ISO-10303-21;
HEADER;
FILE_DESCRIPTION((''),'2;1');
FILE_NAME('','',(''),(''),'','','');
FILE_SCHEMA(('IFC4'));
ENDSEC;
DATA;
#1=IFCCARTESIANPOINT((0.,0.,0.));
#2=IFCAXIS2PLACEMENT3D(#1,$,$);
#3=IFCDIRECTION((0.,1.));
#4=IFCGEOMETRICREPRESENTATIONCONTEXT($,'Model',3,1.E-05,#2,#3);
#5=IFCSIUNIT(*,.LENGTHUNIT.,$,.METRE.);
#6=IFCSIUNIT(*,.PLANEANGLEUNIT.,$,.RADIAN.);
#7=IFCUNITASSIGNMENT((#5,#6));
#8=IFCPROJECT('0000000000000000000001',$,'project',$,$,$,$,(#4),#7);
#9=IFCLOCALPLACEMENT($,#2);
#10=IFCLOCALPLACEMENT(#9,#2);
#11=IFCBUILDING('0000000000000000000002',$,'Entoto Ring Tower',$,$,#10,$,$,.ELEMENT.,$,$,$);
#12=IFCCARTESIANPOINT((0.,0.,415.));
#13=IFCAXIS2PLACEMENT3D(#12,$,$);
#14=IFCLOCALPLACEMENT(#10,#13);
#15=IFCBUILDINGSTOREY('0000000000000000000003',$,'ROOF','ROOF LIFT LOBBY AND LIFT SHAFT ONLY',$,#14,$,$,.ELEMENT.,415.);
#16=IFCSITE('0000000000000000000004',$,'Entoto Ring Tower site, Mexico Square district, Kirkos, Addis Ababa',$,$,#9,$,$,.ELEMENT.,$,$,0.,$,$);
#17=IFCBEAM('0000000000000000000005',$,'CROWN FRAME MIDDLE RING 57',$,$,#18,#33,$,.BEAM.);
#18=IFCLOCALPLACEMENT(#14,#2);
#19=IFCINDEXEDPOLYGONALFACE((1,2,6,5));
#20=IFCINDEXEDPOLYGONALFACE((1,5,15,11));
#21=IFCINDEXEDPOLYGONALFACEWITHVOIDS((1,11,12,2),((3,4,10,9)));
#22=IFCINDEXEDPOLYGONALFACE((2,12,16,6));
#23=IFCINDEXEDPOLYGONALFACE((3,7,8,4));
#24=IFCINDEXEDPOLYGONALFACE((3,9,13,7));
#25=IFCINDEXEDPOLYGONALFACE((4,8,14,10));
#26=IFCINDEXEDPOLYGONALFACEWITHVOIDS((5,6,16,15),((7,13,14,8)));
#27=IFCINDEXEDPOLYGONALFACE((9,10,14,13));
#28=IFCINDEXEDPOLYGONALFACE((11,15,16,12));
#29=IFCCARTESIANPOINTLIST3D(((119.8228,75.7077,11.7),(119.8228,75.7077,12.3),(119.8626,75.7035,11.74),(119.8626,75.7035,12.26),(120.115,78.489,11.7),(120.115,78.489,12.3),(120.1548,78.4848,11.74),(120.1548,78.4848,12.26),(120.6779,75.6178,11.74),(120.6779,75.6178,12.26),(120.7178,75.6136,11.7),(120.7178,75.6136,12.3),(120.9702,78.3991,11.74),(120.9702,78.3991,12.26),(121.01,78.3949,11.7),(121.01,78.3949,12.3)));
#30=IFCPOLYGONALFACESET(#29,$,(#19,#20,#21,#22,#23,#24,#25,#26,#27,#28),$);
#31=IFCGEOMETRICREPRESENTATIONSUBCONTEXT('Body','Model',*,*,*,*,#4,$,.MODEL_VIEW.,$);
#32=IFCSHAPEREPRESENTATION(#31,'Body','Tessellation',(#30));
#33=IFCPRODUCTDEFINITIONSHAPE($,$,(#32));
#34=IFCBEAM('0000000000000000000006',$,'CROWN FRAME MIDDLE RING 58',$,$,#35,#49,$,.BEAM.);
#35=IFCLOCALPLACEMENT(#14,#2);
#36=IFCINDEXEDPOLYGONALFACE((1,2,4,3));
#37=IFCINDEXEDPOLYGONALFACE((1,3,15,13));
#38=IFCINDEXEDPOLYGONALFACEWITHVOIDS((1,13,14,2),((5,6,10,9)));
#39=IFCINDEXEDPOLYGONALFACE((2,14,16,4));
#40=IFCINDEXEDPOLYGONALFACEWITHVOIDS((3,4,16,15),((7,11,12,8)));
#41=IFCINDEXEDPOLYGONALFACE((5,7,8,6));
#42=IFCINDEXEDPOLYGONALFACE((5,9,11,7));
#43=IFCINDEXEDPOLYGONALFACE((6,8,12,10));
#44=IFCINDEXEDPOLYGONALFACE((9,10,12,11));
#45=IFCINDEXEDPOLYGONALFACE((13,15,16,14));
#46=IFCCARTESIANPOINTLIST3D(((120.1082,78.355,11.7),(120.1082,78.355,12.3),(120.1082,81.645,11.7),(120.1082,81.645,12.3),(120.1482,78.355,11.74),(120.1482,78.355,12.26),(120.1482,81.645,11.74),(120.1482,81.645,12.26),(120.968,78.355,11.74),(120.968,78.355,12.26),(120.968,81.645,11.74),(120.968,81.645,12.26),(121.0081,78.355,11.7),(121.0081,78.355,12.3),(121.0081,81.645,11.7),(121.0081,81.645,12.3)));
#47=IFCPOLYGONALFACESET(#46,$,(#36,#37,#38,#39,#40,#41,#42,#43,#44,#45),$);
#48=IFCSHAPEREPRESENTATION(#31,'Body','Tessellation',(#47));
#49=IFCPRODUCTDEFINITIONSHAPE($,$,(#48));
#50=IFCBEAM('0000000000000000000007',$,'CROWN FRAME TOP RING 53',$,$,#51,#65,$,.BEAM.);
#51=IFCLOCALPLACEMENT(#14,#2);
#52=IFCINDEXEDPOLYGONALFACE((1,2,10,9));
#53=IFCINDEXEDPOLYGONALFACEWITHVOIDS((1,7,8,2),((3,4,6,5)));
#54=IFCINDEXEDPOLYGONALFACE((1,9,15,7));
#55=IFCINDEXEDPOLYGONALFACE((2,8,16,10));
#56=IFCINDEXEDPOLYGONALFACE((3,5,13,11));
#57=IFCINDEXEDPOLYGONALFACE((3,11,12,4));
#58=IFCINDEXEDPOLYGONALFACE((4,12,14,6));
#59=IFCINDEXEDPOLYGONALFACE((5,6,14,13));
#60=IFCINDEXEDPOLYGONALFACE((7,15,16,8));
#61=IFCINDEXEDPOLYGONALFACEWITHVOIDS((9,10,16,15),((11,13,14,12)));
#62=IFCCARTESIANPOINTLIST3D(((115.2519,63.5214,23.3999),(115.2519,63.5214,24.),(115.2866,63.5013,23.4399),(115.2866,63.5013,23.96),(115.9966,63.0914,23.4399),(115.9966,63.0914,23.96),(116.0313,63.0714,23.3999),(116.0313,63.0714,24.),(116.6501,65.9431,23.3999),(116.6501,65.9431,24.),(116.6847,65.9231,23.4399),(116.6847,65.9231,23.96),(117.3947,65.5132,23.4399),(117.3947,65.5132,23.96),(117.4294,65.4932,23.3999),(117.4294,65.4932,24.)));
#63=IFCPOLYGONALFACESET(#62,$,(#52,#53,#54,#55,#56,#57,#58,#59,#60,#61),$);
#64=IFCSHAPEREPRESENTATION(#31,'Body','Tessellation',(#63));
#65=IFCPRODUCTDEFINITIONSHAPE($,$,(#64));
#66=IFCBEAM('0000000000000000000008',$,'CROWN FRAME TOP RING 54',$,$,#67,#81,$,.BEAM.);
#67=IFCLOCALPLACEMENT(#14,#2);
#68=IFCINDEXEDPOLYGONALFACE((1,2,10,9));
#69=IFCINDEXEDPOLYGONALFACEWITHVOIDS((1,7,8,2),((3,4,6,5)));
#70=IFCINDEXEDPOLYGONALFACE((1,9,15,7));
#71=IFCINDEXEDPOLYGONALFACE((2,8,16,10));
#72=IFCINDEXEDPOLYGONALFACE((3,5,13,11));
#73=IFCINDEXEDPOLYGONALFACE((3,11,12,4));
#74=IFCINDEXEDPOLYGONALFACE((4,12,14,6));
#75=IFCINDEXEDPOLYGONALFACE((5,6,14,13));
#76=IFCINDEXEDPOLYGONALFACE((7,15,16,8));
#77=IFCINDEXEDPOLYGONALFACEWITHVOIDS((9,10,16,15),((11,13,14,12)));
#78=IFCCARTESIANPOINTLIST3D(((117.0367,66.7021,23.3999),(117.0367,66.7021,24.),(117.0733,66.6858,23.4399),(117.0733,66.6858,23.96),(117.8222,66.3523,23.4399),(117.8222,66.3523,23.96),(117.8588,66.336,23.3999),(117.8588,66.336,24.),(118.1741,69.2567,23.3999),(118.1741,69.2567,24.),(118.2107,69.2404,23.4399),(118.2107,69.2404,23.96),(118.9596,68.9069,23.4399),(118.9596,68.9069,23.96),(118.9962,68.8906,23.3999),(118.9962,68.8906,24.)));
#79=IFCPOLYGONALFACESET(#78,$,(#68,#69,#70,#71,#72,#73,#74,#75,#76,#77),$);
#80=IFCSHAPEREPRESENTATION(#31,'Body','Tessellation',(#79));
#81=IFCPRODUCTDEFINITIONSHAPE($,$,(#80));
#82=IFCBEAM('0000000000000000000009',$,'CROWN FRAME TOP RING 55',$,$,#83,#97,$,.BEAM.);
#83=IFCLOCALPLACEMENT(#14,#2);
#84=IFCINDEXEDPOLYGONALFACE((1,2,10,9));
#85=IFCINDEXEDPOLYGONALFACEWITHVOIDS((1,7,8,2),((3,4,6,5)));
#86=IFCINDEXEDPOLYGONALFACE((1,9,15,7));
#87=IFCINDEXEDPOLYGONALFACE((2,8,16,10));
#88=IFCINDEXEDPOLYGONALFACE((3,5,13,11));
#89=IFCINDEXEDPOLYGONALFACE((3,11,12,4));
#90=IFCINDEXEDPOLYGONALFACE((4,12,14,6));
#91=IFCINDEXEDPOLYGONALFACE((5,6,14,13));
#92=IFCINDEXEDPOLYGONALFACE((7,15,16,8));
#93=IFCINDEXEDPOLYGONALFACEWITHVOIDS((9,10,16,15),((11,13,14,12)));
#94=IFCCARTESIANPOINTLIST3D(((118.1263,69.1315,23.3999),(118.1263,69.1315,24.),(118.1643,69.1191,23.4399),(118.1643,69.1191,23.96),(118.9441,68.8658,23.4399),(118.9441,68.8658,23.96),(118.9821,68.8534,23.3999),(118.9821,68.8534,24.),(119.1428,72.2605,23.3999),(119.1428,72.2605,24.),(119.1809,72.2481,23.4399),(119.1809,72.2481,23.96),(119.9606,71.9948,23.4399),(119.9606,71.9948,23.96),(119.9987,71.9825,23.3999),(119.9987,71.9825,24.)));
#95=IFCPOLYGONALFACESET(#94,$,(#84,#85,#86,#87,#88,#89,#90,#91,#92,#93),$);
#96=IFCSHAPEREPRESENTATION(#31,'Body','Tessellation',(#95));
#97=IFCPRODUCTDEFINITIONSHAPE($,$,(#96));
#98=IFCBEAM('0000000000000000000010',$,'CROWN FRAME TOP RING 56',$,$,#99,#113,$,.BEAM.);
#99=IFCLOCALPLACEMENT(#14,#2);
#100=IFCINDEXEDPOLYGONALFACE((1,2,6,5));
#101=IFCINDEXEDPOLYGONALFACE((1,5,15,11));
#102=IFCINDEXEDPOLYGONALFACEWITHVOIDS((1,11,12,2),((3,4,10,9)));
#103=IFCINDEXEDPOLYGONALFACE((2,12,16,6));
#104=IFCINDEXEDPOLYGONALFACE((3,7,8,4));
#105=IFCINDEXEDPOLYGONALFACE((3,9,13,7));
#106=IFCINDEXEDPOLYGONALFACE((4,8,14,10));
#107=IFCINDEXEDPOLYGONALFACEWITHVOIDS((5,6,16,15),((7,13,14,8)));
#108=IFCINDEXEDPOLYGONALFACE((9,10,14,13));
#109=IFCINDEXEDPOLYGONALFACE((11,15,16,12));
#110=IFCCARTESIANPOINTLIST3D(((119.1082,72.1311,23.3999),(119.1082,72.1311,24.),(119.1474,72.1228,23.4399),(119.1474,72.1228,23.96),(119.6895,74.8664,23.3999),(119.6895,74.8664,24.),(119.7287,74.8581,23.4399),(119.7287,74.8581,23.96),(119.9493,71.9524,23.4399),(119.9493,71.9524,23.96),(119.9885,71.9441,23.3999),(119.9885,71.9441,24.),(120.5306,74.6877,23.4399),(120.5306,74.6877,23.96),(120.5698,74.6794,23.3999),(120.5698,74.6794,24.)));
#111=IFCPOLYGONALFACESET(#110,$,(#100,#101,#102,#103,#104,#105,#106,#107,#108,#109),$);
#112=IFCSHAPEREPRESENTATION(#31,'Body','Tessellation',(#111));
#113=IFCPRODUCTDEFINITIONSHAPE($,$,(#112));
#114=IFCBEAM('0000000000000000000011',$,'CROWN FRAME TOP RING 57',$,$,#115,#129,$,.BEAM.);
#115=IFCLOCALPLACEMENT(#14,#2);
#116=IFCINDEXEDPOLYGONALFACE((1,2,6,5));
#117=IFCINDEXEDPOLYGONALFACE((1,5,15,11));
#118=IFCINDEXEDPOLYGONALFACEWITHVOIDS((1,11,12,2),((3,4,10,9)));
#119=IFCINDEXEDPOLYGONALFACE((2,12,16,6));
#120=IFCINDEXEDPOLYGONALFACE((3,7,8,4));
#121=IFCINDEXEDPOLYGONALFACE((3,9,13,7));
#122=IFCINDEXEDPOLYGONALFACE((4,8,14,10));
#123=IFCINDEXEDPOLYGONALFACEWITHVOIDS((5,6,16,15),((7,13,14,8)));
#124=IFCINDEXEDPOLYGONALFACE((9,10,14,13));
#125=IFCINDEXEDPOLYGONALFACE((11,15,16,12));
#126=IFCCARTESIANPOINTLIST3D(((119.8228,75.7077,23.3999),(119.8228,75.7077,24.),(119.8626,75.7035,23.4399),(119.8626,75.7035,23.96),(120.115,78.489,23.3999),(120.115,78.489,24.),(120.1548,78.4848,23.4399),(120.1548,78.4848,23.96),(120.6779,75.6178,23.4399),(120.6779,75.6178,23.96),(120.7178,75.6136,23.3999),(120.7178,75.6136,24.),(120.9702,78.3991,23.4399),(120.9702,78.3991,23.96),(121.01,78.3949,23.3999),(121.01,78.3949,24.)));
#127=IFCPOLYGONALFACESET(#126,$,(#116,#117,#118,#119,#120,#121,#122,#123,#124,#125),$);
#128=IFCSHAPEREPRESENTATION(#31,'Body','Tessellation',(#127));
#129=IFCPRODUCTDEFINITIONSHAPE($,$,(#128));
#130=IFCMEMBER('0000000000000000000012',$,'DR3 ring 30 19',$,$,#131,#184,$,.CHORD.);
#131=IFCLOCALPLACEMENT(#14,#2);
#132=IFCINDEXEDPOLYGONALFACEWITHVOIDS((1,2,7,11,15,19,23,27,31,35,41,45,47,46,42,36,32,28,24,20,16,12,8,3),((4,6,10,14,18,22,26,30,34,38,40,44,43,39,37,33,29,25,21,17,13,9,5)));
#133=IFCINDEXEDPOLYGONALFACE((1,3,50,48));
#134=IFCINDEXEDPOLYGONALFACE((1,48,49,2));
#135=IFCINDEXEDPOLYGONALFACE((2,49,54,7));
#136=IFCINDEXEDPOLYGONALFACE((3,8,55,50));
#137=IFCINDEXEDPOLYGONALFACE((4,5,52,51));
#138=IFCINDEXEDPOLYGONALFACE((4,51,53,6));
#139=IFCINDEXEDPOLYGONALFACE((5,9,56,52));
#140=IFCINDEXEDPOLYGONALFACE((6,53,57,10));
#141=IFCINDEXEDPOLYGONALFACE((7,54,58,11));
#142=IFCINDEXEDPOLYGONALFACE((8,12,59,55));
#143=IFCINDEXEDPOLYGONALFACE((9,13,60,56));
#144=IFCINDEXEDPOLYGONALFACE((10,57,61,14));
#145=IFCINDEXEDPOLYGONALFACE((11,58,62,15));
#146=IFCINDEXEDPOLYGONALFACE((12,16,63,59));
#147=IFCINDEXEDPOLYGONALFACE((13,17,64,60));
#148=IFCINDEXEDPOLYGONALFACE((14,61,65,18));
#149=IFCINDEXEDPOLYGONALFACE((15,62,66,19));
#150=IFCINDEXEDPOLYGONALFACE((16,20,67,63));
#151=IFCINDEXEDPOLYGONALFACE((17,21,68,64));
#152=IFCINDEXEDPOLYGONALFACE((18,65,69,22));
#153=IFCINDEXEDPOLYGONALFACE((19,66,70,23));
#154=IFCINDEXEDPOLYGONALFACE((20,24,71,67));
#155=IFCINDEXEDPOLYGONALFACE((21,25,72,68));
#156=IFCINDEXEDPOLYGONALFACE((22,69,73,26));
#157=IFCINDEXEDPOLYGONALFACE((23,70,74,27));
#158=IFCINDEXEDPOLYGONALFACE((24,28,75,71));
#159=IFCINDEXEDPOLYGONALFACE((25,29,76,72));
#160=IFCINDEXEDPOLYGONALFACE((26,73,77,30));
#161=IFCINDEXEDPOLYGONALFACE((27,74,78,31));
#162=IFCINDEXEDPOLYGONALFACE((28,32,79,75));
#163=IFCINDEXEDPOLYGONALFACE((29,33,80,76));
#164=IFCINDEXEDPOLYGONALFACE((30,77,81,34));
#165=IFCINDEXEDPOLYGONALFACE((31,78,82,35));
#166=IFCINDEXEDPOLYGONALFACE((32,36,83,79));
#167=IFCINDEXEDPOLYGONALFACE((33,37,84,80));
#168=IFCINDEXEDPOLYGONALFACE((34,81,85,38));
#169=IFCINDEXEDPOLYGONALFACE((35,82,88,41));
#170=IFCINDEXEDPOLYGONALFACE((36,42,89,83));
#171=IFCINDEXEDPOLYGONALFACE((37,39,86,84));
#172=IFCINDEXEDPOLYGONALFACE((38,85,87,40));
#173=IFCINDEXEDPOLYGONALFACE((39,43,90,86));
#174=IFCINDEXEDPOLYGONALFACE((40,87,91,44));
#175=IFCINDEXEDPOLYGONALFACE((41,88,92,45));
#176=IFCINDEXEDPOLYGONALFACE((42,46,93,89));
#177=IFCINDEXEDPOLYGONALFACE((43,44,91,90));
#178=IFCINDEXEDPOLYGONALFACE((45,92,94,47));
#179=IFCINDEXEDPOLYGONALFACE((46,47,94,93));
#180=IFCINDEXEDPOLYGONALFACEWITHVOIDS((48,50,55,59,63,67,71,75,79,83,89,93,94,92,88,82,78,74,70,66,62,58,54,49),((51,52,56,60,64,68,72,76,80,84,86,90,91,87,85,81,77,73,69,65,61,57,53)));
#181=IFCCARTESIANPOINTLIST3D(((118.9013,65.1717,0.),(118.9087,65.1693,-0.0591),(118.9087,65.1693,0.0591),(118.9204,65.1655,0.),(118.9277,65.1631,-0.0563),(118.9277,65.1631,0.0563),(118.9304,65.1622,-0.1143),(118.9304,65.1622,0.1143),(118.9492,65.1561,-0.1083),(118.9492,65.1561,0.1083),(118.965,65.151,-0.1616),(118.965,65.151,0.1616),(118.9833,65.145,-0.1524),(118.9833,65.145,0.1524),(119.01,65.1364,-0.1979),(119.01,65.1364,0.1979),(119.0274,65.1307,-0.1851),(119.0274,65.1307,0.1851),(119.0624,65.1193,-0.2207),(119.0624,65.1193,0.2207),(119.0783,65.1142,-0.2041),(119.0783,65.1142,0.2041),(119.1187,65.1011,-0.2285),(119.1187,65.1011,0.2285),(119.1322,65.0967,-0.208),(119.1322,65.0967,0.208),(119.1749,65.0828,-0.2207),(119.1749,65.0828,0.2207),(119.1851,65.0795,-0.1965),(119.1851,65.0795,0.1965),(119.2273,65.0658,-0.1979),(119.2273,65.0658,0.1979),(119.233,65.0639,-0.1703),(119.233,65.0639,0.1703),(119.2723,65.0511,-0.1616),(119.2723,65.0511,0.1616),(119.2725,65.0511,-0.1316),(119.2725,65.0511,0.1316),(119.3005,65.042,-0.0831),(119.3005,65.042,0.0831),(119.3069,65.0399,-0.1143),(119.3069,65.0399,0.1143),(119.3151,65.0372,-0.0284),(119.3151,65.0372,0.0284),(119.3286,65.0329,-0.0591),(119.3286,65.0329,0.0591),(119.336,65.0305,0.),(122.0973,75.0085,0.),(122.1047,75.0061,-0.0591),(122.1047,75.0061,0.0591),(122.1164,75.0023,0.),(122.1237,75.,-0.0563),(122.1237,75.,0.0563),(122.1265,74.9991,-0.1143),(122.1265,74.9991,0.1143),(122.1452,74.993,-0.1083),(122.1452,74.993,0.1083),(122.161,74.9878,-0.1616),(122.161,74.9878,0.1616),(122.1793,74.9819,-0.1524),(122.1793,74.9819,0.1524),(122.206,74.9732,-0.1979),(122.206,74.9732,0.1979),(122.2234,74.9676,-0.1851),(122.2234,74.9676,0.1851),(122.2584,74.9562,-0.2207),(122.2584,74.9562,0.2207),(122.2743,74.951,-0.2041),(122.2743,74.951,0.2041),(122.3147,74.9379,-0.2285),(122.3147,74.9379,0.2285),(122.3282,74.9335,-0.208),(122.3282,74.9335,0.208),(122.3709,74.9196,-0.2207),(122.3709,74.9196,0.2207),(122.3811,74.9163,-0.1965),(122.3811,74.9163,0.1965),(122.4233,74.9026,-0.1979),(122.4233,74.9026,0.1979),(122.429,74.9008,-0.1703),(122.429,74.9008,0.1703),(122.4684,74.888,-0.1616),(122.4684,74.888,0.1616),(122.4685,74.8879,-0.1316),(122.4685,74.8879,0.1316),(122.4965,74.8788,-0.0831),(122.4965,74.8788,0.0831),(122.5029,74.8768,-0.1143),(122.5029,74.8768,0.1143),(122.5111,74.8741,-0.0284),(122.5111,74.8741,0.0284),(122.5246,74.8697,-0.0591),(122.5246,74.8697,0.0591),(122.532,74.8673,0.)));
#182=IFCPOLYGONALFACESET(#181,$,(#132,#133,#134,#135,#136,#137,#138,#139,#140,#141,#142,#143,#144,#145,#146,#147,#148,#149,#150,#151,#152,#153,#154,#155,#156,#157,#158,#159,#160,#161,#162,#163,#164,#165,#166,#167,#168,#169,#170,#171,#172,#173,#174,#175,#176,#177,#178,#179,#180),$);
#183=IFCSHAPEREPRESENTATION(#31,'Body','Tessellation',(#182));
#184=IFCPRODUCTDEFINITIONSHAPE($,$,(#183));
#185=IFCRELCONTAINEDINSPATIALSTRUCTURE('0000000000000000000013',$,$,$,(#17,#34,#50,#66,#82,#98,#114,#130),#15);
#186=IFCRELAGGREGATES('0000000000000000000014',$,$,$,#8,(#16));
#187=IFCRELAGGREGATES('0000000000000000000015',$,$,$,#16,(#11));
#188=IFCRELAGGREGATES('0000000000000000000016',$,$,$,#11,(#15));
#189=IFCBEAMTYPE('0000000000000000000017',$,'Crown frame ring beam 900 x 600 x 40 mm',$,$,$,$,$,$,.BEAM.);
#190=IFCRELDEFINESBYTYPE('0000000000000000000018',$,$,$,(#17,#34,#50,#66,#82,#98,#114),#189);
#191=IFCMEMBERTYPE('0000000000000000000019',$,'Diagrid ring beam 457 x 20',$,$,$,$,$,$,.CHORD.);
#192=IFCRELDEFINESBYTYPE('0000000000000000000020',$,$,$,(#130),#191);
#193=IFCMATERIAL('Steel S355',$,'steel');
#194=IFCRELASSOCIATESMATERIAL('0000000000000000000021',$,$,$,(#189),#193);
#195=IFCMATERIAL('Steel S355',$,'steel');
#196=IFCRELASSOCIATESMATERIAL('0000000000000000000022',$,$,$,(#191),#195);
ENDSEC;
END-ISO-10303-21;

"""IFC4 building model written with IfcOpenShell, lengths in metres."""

from ifc_helpers import new_model, si_unit, direction, frame, origin, origin_2d, place, context, subcontext, project, spatial, hollow_rectangle, circle, hollow_circle, extrude, material, material_profile, profile_set, type_object, element, save


model = new_model("IFC4")

# Units and contexts
model_context = context("Model", 3, precision=1e-05, world=origin(), true_north=direction((0.0, 1.0)))
body_context = subcontext(model_context, "Body", "Model", "MODEL_VIEW")
ifc_project = project(units=[si_unit("LENGTHUNIT", "METRE"), si_unit("PLANEANGLEUNIT", "RADIAN")], contexts=[model_context])

# Site, building, storey
site_placement = place(None, origin())
site = spatial("IfcSite", under=ifc_project, at=site_placement, Name="Entoto Ring Tower site, Mexico Square district, Kirkos, Addis Ababa", CompositionType="ELEMENT", RefElevation=0.0)
building_placement = place(site_placement, origin())
building = spatial("IfcBuilding", under=site, at=building_placement, Name="Entoto Ring Tower", CompositionType="ELEMENT")
storey_placement = place(building_placement, frame((0.0, 0.0, 415.0)))
storey = spatial("IfcBuildingStorey", under=building, at=storey_placement, Name="ROOF", Description="ROOF LIFT LOBBY AND LIFT SHAFT ONLY", CompositionType="ELEMENT", Elevation=415.0)

# Beams
ifc_material_1 = material(Name="Steel S355", Category="steel")
ifc_material_profile_1 = material_profile(ifc_material_1, hollow_rectangle(XDim=0.8999, YDim=0.6001, WallThickness=0.04, at=origin_2d()), Name="Crown frame ring beam 900 x 600 x 40 mm")
ifc_profile_set_1 = profile_set([ifc_material_profile_1], Name="Steel S355")
beam_type_1 = type_object("IfcBeamType", Name="Crown frame ring beam 900 x 600 x 40 mm", PredefinedType="BEAM", material=ifc_profile_set_1)
beam_1_placement = place(storey_placement, frame((120.2703, 75.6606, 12.0), z_axis=(0.104498, 0.994525, 0.0), x_axis=(-0.994525, 0.104498, 0.0)))
element("IfcBeam", 1, at=beam_1_placement, inside=storey, type_object=beam_type_1, Name="CROWN FRAME MIDDLE RING 57", PredefinedType="BEAM", context=body_context, shape_type="SweptSolid", body=[
    extrude(hollow_rectangle(XDim=0.8999, YDim=0.6001, WallThickness=0.04, at=origin_2d()), origin(), (0.0, 0.0, 1.0), 2.7966),
])
beam_2_placement = place(storey_placement, frame((120.5581, 78.355, 12.0), z_axis=(0.0, 1.0, 0.0), x_axis=(-1.0, 0.0, 0.0)))
element("IfcBeam", 2, at=beam_2_placement, inside=storey, type_object=beam_type_1, Name="CROWN FRAME MIDDLE RING 58", PredefinedType="BEAM", context=body_context, shape_type="SweptSolid", body=[
    extrude(hollow_rectangle(XDim=0.8999, YDim=0.6001, WallThickness=0.04, at=origin_2d()), origin(), (0.0, 0.0, 1.0), 3.29),
])
for number, where, z_axis, x_axis, name in (
    (3, (115.6416, 63.2964, 23.7), (0.499979, 0.866037, 0.0), (-0.866037, 0.499979, 0.0), "CROWN FRAME TOP RING 53"),
    (4, (117.4478, 66.519, 23.7), (0.406746, 0.913541, 0.0), (-0.913541, 0.406746, 0.0), "CROWN FRAME TOP RING 54"),
):
    element("IfcBeam", number, at=place(storey_placement, frame(where, z_axis=z_axis, x_axis=x_axis)), inside=storey, type_object=beam_type_1, Name=name, PredefinedType="BEAM", context=body_context, shape_type="SweptSolid", body=[
        extrude(hollow_rectangle(XDim=0.8999, YDim=0.6001, WallThickness=0.04, at=origin_2d()), origin(), (0.0, 0.0, 1.0), 2.7964),
    ])
beam_3_placement = place(storey_placement, frame((118.5542, 68.9924, 23.7), z_axis=(0.308984, 0.951067, 0.0), x_axis=(-0.951067, 0.308984, 0.0)))
element("IfcBeam", 5, at=beam_3_placement, inside=storey, type_object=beam_type_1, Name="CROWN FRAME TOP RING 55", PredefinedType="BEAM", context=body_context, shape_type="SweptSolid", body=[
    extrude(hollow_rectangle(XDim=0.8999, YDim=0.6001, WallThickness=0.04, at=origin_2d()), origin(), (0.0, 0.0, 1.0), 3.29),
])
beam_4_placement = place(storey_placement, frame((119.5483, 72.0376, 23.7), z_axis=(0.207871, 0.978156, 0.0), x_axis=(-0.978156, 0.207871, 0.0)))
element("IfcBeam", 6, at=beam_4_placement, inside=storey, type_object=beam_type_1, Name="CROWN FRAME TOP RING 56", PredefinedType="BEAM", context=body_context, shape_type="SweptSolid", body=[
    extrude(hollow_rectangle(XDim=0.8999, YDim=0.6001, WallThickness=0.04, at=origin_2d()), origin(), (0.0, 0.0, 1.0), 2.7964),
])
beam_5_placement = place(storey_placement, frame((120.2703, 75.6606, 23.7), z_axis=(0.104498, 0.994525, 0.0), x_axis=(-0.994525, 0.104498, 0.0)))
element("IfcBeam", 7, at=beam_5_placement, inside=storey, type_object=beam_type_1, Name="CROWN FRAME TOP RING 57", PredefinedType="BEAM", context=body_context, shape_type="SweptSolid", body=[
    extrude(hollow_rectangle(XDim=0.8999, YDim=0.6001, WallThickness=0.04, at=origin_2d()), origin(), (0.0, 0.0, 1.0), 2.7966),
])

# Member
ifc_material_2 = material(Name="Steel S355", Category="steel")
ifc_material_profile_2 = material_profile(ifc_material_2, hollow_circle(Radius=0.2285, WallThickness=0.02, at=origin_2d()), Name="CHS 457 x 20")
ifc_material_3 = material(Name="Concrete C60/75", Category="concrete")
ifc_material_profile_3 = material_profile(ifc_material_3, circle(Radius=0.2085, at=origin_2d()), Name="Concrete C60/75 infill")
ifc_profile_set_2 = profile_set([ifc_material_profile_2, ifc_material_profile_3], Name="Steel S355")
member_type_1 = type_object("IfcMemberType", Name="Diagrid ring beam 457 x 20", PredefinedType="CHORD", material=ifc_profile_set_2)
member_1_placement = place(storey_placement, frame((119.1187, 65.1011, 0.0), z_axis=(0.309003, 0.951061, 0.0), x_axis=(-0.951061, 0.309003, 0.0)))
element("IfcMember", 8, at=member_1_placement, inside=storey, type_object=member_type_1, Name="DR3 ring 30 19", PredefinedType="CHORD", context=body_context, shape_type="SweptSolid", body=[
    extrude(hollow_circle(Radius=0.2285, WallThickness=0.02, at=origin_2d()), origin(), (0.0, 0.0, 1.0), 10.343),
])

save(model, "model.ifc")
